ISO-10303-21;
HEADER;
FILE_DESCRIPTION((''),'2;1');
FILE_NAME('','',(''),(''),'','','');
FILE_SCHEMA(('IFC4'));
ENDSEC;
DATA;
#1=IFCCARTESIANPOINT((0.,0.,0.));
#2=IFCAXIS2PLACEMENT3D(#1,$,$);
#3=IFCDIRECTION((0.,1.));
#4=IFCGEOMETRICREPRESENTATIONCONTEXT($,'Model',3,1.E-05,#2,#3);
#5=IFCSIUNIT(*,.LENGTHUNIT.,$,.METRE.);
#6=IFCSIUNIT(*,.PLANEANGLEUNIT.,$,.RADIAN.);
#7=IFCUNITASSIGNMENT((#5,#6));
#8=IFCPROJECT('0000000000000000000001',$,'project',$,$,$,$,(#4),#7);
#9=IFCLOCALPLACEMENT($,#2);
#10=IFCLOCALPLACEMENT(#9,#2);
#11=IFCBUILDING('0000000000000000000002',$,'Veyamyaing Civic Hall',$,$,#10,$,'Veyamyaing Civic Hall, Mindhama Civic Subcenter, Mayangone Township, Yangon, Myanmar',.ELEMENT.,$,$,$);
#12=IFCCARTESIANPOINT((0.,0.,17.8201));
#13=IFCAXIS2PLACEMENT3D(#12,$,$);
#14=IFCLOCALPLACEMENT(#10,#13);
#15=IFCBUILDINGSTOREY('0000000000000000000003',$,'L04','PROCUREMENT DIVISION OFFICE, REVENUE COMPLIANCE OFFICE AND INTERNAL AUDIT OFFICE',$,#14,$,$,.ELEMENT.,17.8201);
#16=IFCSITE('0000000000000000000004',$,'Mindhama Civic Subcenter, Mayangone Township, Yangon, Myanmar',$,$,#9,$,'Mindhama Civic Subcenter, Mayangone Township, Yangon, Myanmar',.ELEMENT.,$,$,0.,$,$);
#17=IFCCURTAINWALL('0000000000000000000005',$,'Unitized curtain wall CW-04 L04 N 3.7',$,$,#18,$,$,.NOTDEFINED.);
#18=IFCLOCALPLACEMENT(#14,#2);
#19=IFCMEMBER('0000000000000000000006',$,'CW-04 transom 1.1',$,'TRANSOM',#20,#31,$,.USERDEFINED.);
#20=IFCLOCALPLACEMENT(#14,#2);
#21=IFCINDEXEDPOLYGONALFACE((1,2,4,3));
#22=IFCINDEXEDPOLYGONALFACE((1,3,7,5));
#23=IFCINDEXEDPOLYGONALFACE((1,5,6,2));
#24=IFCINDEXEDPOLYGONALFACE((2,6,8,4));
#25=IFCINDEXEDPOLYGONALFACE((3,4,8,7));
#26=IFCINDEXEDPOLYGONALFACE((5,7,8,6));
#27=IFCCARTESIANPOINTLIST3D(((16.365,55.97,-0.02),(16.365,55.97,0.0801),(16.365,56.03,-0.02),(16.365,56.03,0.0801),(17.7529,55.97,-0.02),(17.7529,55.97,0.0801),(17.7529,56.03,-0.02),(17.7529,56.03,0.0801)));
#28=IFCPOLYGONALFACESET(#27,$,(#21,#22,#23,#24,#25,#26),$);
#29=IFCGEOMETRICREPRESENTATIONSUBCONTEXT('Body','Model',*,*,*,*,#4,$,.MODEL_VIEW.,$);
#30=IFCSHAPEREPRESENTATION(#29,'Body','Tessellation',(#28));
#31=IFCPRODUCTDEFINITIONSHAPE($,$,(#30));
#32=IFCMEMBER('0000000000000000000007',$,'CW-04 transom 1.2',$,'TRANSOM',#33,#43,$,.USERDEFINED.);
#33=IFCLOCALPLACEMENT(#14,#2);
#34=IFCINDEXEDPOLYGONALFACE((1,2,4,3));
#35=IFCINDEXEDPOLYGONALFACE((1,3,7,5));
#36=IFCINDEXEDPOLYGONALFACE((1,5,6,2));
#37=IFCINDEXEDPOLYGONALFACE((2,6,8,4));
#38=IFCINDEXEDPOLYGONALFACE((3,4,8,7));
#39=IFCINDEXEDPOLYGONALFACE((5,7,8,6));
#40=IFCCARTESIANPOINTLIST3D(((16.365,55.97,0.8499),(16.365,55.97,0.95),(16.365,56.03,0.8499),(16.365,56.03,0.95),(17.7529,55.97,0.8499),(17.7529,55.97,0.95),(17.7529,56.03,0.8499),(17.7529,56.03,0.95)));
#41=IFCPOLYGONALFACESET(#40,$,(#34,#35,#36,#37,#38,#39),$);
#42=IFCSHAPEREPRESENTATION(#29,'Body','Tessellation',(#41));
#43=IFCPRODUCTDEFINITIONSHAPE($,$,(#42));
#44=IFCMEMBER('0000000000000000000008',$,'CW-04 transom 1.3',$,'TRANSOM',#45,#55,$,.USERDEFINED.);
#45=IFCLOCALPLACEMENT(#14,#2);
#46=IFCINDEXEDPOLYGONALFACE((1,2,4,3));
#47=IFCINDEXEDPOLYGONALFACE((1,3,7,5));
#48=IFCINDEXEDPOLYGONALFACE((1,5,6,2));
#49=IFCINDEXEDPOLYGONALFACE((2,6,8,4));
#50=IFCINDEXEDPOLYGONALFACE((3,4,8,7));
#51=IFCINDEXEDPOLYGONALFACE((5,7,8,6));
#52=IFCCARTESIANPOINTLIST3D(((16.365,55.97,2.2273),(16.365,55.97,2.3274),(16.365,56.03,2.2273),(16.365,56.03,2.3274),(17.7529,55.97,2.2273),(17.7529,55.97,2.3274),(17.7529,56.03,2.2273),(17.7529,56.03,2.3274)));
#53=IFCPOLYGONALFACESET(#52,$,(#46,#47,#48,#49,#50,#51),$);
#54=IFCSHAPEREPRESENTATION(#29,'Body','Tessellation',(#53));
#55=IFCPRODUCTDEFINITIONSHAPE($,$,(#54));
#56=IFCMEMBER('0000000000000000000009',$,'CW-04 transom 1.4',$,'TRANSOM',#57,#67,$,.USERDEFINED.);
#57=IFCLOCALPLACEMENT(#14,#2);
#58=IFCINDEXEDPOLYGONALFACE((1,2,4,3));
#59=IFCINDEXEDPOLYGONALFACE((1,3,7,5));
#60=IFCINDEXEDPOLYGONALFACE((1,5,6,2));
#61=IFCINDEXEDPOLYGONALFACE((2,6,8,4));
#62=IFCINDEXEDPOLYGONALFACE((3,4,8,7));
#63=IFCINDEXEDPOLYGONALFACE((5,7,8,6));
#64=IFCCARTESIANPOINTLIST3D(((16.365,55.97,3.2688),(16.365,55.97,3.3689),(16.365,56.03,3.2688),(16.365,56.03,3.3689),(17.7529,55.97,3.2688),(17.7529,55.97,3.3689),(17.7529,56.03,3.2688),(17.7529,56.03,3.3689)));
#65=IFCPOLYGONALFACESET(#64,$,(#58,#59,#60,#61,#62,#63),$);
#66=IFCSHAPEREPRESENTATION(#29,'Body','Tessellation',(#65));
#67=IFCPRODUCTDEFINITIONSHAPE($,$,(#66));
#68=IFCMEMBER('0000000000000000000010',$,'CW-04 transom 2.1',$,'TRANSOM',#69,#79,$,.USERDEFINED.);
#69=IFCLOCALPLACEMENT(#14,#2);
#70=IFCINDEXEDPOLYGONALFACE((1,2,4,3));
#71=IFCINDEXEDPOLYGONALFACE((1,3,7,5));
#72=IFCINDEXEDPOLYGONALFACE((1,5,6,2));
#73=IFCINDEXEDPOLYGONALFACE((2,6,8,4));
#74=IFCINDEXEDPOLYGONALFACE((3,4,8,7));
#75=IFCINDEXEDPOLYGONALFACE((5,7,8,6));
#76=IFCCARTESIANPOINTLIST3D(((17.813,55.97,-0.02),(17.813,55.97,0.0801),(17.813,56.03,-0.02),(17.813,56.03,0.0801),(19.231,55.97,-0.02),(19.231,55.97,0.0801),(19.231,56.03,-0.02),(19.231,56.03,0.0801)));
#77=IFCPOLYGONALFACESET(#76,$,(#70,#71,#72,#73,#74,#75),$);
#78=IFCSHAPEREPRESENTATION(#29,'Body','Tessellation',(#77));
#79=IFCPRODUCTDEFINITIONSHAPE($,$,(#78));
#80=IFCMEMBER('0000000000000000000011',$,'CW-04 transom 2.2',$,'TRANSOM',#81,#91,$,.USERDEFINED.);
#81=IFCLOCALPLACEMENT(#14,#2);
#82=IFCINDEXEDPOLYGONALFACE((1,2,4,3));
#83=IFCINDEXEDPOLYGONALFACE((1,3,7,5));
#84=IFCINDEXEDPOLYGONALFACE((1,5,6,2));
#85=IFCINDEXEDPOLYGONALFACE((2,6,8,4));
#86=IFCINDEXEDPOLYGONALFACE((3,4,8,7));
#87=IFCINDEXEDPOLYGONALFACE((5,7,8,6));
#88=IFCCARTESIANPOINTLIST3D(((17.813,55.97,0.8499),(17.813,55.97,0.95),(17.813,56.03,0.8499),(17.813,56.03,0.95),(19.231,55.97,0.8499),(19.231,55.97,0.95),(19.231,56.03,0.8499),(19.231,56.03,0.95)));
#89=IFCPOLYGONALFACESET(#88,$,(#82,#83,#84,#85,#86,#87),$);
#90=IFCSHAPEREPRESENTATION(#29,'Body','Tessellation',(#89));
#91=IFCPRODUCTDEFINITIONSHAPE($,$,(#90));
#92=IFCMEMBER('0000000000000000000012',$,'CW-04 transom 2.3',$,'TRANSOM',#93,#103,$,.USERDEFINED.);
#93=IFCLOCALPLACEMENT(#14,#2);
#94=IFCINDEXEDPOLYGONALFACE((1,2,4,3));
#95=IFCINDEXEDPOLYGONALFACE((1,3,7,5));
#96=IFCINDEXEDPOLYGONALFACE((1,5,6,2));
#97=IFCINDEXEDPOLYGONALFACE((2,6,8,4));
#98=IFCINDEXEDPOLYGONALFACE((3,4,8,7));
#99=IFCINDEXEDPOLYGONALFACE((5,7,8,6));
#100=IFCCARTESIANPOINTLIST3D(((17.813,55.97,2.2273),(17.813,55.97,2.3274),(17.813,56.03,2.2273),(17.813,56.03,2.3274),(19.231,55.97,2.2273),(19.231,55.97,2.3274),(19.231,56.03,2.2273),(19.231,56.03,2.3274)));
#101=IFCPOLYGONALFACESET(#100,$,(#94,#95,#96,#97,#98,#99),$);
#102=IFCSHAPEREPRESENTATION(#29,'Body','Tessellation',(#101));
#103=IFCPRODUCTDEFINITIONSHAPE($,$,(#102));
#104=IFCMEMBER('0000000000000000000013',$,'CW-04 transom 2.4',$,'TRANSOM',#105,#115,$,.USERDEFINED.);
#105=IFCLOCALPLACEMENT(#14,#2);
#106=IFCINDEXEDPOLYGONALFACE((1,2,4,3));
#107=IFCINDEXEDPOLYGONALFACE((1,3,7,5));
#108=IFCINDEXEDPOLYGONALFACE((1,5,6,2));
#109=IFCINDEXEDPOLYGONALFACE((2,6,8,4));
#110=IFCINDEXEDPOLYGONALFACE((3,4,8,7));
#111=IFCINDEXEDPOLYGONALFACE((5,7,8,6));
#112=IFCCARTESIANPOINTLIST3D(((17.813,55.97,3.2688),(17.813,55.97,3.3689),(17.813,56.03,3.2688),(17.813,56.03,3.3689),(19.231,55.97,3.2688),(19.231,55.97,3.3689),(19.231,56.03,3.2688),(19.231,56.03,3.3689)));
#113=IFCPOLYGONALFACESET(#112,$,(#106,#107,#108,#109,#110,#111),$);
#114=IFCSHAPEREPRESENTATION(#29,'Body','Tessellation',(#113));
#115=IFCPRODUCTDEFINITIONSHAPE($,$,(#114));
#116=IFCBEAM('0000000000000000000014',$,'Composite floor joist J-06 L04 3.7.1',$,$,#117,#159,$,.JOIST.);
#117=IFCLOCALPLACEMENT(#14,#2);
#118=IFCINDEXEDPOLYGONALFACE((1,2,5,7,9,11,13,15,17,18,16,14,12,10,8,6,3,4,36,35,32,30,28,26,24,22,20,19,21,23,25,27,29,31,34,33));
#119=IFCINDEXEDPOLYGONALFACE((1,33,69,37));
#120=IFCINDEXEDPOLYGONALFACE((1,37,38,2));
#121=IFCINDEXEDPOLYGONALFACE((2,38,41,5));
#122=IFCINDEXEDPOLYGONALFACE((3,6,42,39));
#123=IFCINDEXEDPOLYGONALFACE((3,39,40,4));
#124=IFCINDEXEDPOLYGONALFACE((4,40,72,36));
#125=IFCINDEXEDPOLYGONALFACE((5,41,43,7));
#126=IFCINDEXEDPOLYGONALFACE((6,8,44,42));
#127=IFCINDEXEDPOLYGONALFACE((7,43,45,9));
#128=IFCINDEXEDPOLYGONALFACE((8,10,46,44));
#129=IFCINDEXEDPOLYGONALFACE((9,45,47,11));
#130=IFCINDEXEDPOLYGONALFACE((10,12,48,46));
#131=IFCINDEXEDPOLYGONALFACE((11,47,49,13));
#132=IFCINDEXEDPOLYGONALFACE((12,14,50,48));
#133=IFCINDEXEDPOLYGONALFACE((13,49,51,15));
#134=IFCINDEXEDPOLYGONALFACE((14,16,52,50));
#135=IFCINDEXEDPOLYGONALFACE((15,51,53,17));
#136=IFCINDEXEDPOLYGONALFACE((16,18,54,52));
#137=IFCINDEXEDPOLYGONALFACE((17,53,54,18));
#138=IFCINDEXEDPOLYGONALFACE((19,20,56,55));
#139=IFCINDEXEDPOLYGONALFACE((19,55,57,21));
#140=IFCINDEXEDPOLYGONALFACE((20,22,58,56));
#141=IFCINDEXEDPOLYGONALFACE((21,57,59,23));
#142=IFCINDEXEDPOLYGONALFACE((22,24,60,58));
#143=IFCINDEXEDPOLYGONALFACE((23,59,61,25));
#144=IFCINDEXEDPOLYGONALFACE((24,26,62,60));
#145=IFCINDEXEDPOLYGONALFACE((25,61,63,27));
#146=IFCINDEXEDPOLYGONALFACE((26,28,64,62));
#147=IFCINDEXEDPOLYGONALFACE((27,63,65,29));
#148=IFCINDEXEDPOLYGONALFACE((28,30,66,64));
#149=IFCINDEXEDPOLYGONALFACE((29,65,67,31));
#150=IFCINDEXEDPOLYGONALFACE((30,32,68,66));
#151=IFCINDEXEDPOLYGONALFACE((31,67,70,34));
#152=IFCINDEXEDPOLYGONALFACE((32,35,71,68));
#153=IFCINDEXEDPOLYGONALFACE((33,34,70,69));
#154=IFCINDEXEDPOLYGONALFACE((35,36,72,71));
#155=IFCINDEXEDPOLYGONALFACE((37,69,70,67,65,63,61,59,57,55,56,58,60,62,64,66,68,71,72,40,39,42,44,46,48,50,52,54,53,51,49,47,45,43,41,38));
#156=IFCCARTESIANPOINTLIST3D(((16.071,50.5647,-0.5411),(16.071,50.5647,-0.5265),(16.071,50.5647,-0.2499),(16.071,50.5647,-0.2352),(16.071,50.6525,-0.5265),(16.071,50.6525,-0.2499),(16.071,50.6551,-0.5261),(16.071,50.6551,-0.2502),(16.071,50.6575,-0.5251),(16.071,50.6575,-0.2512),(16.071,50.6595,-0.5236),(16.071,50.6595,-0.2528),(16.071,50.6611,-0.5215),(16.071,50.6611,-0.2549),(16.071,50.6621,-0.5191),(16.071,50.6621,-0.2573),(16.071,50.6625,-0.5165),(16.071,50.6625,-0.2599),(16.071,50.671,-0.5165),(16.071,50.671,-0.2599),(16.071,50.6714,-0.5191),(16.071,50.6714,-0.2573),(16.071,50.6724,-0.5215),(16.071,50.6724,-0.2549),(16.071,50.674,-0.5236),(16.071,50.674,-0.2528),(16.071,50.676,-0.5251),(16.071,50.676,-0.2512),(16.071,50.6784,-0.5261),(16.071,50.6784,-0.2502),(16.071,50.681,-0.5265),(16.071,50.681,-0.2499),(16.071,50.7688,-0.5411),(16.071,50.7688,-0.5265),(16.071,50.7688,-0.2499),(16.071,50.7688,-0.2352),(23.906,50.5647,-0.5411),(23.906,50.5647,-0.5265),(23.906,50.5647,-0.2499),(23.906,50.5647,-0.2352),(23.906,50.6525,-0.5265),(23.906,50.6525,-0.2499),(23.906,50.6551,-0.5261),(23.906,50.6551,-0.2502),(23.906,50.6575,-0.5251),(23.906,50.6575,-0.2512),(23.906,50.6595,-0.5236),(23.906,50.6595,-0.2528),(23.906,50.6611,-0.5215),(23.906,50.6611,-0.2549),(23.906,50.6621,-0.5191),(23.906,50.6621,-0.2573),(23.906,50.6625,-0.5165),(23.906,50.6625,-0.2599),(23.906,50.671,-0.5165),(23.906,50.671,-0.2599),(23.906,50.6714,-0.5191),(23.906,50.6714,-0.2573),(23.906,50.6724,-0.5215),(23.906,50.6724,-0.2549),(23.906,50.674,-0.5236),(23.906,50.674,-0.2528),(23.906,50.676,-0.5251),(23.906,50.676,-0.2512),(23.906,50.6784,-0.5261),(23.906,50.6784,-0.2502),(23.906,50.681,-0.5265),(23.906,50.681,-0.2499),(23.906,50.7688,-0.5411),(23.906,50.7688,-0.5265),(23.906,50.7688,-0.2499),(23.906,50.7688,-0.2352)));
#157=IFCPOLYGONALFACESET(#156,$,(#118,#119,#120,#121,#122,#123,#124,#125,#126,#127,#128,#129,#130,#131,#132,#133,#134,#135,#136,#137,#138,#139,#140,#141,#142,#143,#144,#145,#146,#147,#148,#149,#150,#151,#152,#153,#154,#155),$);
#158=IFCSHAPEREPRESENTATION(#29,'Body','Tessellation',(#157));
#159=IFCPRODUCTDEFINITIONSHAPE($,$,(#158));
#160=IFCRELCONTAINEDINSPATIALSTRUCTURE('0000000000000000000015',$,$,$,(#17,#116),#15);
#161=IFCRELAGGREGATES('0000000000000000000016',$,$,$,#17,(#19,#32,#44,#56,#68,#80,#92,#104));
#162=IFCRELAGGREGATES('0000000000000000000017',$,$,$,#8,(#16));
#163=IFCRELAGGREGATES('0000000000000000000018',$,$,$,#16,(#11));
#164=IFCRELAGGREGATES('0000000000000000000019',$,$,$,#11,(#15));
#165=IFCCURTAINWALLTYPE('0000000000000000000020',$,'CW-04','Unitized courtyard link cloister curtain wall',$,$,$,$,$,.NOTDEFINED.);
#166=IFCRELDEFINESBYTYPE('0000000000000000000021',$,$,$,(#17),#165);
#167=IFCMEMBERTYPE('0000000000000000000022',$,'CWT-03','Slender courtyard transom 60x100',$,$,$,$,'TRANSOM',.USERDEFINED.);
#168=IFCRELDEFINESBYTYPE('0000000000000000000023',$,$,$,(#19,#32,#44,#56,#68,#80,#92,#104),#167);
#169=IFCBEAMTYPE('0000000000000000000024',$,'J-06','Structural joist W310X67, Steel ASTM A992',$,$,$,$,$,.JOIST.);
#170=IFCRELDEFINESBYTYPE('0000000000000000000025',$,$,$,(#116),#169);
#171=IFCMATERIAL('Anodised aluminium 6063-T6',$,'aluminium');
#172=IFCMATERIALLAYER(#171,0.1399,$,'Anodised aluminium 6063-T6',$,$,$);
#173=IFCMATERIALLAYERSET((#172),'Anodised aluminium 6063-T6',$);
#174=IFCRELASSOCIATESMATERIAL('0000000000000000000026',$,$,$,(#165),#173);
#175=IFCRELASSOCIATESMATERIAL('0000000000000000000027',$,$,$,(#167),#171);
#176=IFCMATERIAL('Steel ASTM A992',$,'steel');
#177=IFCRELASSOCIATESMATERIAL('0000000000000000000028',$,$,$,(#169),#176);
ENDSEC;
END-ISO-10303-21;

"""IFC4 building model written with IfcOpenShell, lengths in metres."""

from ifc_helpers import new_model, si_unit, direction, frame, origin, origin_2d, place, context, subcontext, project, spatial, rectangle, i_section, extrude, material, layer, layer_set, material_profile, profile_set, type_object, element, aggregate, save


model = new_model("IFC4")

# Units and contexts
model_context = context("Model", 3, precision=1e-05, world=origin(), true_north=direction((0.0, 1.0)))
body_context = subcontext(model_context, "Body", "Model", "MODEL_VIEW")
ifc_project = project(units=[si_unit("LENGTHUNIT", "METRE"), si_unit("PLANEANGLEUNIT", "RADIAN")], contexts=[model_context])

# Site, building, storey
site_placement = place(None, origin())
site = spatial("IfcSite", under=ifc_project, at=site_placement, Name="Mindhama Civic Subcenter, Mayangone Township, Yangon, Myanmar", LongName="Mindhama Civic Subcenter, Mayangone Township, Yangon, Myanmar", CompositionType="ELEMENT", RefElevation=0.0)
building_placement = place(site_placement, origin())
building = spatial("IfcBuilding", under=site, at=building_placement, Name="Veyamyaing Civic Hall", LongName="Veyamyaing Civic Hall, Mindhama Civic Subcenter, Mayangone Township, Yangon, Myanmar", CompositionType="ELEMENT")
storey_placement = place(building_placement, frame((0.0, 0.0, 17.8201)))
storey = spatial("IfcBuildingStorey", under=building, at=storey_placement, Name="L04", Description="PROCUREMENT DIVISION OFFICE, REVENUE COMPLIANCE OFFICE AND INTERNAL AUDIT OFFICE", CompositionType="ELEMENT", Elevation=17.8201)

# Shared definitions
ifc_material_1 = material(Name="Steel ASTM A992", Category="steel")

# Shared definitions
ifc_material_2 = material(Name="Anodised aluminium 6063-T6", Category="aluminium")
ifc_layer_1 = layer(ifc_material_2, 0.1399, Name="Anodised aluminium 6063-T6")
ifc_layer_set_1 = layer_set([ifc_layer_1], Name="Anodised aluminium 6063-T6")
curtain_wall_type = type_object("IfcCurtainWallType", Name="CW-04", Description="Unitized courtyard link cloister curtain wall", PredefinedType="NOTDEFINED", material=ifc_layer_set_1)

# Curtain wall
curtain_wall_1_placement = place(storey_placement, origin())
curtain_wall_1 = element("IfcCurtainWall", 1, at=curtain_wall_1_placement, inside=storey, type_object=curtain_wall_type, Name="Unitized curtain wall CW-04 L04 N 3.7", PredefinedType="NOTDEFINED")

# Members
ifc_material_profile_1 = material_profile(ifc_material_2, rectangle(XDim=0.0601, YDim=0.1001, at=origin_2d()), Name="ALU-TRN-60X100")
ifc_profile_set_1 = profile_set([ifc_material_profile_1], Name="Anodised aluminium 6063-T6")
member_type_1 = type_object("IfcMemberType", Name="CWT-03", Description="Slender courtyard transom 60x100", ElementType="TRANSOM", PredefinedType="USERDEFINED", material=ifc_profile_set_1)
member_1_placement = place(storey_placement, frame((16.365, 56.0, 0.03), z_axis=(1.0, 0.0, 0.0), x_axis=(0.0, 1.0, 0.0)))
member_1 = element("IfcMember", 2, at=member_1_placement, type_object=member_type_1, Name="CW-04 transom 1.1", ObjectType="TRANSOM", PredefinedType="USERDEFINED", context=body_context, shape_type="SweptSolid", body=[
    extrude(rectangle(XDim=0.0601, YDim=0.1001, at=origin_2d()), origin(), (0.0, 0.0, 1.0), 1.3879),
])
member_2_placement = place(storey_placement, frame((16.365, 56.0, 0.8999), z_axis=(1.0, 0.0, 0.0), x_axis=(0.0, 1.0, 0.0)))
member_2 = element("IfcMember", 3, at=member_2_placement, type_object=member_type_1, Name="CW-04 transom 1.2", ObjectType="TRANSOM", PredefinedType="USERDEFINED", context=body_context, shape_type="SweptSolid", body=[
    extrude(rectangle(XDim=0.0601, YDim=0.1001, at=origin_2d()), origin(), (0.0, 0.0, 1.0), 1.3879),
])
member_3_placement = place(storey_placement, frame((16.365, 56.0, 2.2773), z_axis=(1.0, 0.0, 0.0), x_axis=(0.0, 1.0, 0.0)))
member_3 = element("IfcMember", 4, at=member_3_placement, type_object=member_type_1, Name="CW-04 transom 1.3", ObjectType="TRANSOM", PredefinedType="USERDEFINED", context=body_context, shape_type="SweptSolid", body=[
    extrude(rectangle(XDim=0.0601, YDim=0.1001, at=origin_2d()), origin(), (0.0, 0.0, 1.0), 1.3879),
])
member_4_placement = place(storey_placement, frame((16.365, 56.0, 3.3188), z_axis=(1.0, 0.0, 0.0), x_axis=(0.0, 1.0, 0.0)))
member_4 = element("IfcMember", 5, at=member_4_placement, type_object=member_type_1, Name="CW-04 transom 1.4", ObjectType="TRANSOM", PredefinedType="USERDEFINED", context=body_context, shape_type="SweptSolid", body=[
    extrude(rectangle(XDim=0.0601, YDim=0.1001, at=origin_2d()), origin(), (0.0, 0.0, 1.0), 1.3879),
])
member_5_placement = place(storey_placement, frame((17.813, 56.0, 0.03), z_axis=(1.0, 0.0, 0.0), x_axis=(0.0, 1.0, 0.0)))
member_5 = element("IfcMember", 6, at=member_5_placement, type_object=member_type_1, Name="CW-04 transom 2.1", ObjectType="TRANSOM", PredefinedType="USERDEFINED", context=body_context, shape_type="SweptSolid", body=[
    extrude(rectangle(XDim=0.0601, YDim=0.1001, at=origin_2d()), origin(), (0.0, 0.0, 1.0), 1.418),
])
member_6_placement = place(storey_placement, frame((17.813, 56.0, 0.8999), z_axis=(1.0, 0.0, 0.0), x_axis=(0.0, 1.0, 0.0)))
member_6 = element("IfcMember", 7, at=member_6_placement, type_object=member_type_1, Name="CW-04 transom 2.2", ObjectType="TRANSOM", PredefinedType="USERDEFINED", context=body_context, shape_type="SweptSolid", body=[
    extrude(rectangle(XDim=0.0601, YDim=0.1001, at=origin_2d()), origin(), (0.0, 0.0, 1.0), 1.418),
])
member_7_placement = place(storey_placement, frame((17.813, 56.0, 2.2773), z_axis=(1.0, 0.0, 0.0), x_axis=(0.0, 1.0, 0.0)))
member_7 = element("IfcMember", 8, at=member_7_placement, type_object=member_type_1, Name="CW-04 transom 2.3", ObjectType="TRANSOM", PredefinedType="USERDEFINED", context=body_context, shape_type="SweptSolid", body=[
    extrude(rectangle(XDim=0.0601, YDim=0.1001, at=origin_2d()), origin(), (0.0, 0.0, 1.0), 1.418),
])
member_8_placement = place(storey_placement, frame((17.813, 56.0, 3.3188), z_axis=(1.0, 0.0, 0.0), x_axis=(0.0, 1.0, 0.0)))
member_8 = element("IfcMember", 9, at=member_8_placement, type_object=member_type_1, Name="CW-04 transom 2.4", ObjectType="TRANSOM", PredefinedType="USERDEFINED", context=body_context, shape_type="SweptSolid", body=[
    extrude(rectangle(XDim=0.0601, YDim=0.1001, at=origin_2d()), origin(), (0.0, 0.0, 1.0), 1.418),
])

# Beam
ifc_material_profile_2 = material_profile(ifc_material_1, i_section(OverallWidth=0.2041, OverallDepth=0.3059, WebThickness=0.0085, FlangeThickness=0.0146, FilletRadius=0.01, at=origin_2d()), Name="W310X67")
ifc_profile_set_2 = profile_set([ifc_material_profile_2], Name="Steel ASTM A992")
beam_type_1 = type_object("IfcBeamType", Name="J-06", Description="Structural joist W310X67, Steel ASTM A992", PredefinedType="JOIST", material=ifc_profile_set_2)
for number, where, z_axis, x_axis, name in (
    (10, (16.071, 50.6667, -0.3882), (1.0, 0.0, 0.0), (0.0, 1.0, 0.0), "Composite floor joist J-06 L04 3.7.1"),
):
    element("IfcBeam", number, at=place(storey_placement, frame(where, z_axis=z_axis, x_axis=x_axis)), inside=storey, type_object=beam_type_1, Name=name, PredefinedType="JOIST", context=body_context, shape_type="SweptSolid", body=[
        extrude(i_section(OverallWidth=0.2041, OverallDepth=0.3059, WebThickness=0.0085, FlangeThickness=0.0146, FilletRadius=0.01, at=origin_2d()), origin(), (0.0, 0.0, 1.0), 7.835),
    ])

aggregate(curtain_wall_1, [member_1, member_2, member_3, member_4, member_5, member_6, member_7, member_8])

save(model, "model.ifc")
